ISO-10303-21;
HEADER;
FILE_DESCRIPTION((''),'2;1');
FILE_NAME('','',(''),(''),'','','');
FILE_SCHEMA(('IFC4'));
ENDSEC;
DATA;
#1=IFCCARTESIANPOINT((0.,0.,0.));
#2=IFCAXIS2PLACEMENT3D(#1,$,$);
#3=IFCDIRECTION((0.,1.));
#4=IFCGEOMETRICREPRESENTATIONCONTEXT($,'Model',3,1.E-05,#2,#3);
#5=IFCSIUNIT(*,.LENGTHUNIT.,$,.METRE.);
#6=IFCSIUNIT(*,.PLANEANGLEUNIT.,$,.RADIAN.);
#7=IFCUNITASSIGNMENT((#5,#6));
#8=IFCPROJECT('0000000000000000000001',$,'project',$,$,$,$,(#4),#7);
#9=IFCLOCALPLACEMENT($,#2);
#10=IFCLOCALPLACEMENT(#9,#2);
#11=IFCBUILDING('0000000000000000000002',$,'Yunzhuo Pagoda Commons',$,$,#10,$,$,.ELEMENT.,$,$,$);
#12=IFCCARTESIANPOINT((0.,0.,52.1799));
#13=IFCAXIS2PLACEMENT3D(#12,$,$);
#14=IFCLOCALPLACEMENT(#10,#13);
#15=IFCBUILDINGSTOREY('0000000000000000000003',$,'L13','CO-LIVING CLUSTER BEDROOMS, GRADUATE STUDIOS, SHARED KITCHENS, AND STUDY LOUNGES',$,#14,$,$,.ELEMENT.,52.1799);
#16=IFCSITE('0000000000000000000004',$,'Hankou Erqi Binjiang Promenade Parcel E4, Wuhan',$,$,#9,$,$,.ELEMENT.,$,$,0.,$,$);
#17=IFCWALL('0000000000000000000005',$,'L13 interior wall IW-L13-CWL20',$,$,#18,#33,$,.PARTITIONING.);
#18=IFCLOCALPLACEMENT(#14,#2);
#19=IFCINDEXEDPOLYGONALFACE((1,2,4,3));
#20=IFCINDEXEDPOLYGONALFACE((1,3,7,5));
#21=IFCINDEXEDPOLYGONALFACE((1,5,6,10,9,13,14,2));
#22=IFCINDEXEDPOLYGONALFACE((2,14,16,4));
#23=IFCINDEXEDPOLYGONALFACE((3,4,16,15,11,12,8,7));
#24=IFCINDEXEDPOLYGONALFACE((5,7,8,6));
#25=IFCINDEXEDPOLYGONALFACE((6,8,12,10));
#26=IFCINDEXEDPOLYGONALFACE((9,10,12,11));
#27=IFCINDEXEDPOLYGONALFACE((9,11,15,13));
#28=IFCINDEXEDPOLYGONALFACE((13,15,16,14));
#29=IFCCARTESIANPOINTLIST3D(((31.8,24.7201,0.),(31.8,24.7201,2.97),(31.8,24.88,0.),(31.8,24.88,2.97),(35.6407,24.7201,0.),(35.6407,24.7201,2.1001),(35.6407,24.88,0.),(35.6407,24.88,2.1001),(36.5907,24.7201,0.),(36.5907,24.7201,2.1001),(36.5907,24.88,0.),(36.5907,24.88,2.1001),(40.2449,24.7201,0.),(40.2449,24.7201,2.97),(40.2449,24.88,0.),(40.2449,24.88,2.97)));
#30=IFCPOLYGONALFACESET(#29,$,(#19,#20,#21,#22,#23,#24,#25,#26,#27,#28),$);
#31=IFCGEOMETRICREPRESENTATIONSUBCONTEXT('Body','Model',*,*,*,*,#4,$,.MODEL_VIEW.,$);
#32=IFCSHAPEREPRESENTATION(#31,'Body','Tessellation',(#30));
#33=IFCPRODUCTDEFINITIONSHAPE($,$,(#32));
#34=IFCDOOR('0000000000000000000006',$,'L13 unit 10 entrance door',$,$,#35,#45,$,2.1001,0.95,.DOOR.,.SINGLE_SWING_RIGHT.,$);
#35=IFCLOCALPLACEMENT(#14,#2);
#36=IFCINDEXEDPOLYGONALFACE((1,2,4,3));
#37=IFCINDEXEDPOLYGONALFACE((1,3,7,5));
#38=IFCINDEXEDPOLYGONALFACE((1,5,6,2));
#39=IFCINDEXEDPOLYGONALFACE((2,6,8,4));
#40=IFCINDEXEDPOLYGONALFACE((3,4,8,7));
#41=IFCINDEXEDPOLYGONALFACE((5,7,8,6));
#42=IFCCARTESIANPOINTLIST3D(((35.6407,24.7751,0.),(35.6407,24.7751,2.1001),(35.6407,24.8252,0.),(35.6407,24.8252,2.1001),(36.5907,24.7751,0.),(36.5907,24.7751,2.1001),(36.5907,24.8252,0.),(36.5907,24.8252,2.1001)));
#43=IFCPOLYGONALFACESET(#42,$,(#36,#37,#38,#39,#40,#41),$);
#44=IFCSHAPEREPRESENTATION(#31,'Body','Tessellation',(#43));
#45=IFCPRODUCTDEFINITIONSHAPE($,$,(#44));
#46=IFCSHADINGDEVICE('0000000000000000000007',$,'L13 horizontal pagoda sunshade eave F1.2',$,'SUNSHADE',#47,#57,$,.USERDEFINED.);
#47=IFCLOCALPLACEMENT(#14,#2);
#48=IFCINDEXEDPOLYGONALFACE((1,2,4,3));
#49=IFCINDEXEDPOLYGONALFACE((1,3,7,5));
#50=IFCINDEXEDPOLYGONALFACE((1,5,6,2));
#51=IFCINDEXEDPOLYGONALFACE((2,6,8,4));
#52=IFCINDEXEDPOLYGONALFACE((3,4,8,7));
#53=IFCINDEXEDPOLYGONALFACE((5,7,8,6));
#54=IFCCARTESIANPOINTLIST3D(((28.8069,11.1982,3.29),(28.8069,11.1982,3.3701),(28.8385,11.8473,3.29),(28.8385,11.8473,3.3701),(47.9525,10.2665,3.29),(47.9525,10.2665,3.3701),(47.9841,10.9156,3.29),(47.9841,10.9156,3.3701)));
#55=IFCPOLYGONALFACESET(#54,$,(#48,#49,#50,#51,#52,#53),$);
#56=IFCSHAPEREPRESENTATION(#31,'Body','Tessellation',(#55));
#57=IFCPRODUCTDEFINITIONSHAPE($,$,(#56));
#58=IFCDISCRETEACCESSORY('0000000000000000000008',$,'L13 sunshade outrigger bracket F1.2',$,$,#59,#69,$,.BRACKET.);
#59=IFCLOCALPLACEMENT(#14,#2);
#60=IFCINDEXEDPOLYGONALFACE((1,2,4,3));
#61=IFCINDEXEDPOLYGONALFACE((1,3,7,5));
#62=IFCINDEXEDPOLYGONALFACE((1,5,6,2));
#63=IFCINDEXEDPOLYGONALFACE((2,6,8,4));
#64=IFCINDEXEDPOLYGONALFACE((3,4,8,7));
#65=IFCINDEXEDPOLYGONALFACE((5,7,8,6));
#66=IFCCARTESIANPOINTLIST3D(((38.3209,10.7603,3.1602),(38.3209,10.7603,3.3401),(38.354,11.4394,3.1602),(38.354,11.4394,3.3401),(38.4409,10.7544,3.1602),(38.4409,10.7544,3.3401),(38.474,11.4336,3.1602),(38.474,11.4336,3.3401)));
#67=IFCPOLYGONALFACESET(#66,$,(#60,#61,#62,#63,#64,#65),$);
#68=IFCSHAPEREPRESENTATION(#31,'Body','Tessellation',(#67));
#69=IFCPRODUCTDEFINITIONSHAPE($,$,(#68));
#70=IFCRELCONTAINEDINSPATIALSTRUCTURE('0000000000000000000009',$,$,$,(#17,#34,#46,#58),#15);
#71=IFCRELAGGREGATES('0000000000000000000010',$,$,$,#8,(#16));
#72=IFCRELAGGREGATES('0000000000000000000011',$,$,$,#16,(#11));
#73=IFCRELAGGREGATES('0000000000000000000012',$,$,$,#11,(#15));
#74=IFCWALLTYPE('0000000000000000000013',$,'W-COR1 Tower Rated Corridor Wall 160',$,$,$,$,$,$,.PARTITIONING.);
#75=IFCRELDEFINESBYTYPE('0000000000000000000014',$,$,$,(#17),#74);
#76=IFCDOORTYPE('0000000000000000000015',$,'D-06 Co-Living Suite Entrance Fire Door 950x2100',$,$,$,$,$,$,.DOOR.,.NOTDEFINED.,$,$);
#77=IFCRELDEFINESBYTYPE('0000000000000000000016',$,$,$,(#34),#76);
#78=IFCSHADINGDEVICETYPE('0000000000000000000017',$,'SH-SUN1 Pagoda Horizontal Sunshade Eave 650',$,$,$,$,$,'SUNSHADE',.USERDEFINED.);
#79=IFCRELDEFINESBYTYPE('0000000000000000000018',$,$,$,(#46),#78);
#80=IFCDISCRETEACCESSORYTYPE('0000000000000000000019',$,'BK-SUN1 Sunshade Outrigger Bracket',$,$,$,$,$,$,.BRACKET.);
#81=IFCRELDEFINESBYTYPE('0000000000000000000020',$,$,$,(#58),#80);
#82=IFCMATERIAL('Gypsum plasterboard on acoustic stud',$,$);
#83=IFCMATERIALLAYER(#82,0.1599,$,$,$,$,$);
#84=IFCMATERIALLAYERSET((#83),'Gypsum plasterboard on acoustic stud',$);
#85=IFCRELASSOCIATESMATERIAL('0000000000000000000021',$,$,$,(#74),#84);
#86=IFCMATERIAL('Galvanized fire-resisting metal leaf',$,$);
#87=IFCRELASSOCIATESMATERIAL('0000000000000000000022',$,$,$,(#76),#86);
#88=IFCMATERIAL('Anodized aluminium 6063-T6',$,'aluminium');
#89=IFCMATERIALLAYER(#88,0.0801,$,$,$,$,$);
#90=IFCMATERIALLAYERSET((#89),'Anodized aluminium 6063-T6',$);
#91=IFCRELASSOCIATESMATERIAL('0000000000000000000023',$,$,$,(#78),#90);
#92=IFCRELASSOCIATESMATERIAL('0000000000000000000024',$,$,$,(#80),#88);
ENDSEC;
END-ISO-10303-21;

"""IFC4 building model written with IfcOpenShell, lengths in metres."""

from ifc_helpers import new_model, si_unit, direction, frame, frame_2d, origin, origin_with_axes, origin_2d, place, context, subcontext, project, spatial, rectangle, extrude, source, transform, mapped, material, layer, layer_set, type_object, element, fill, save


model = new_model("IFC4")

# Units and contexts
model_context = context("Model", 3, precision=1e-05, world=origin(), true_north=direction((0.0, 1.0)))
body_context = subcontext(model_context, "Body", "Model", "MODEL_VIEW")
ifc_project = project(units=[si_unit("LENGTHUNIT", "METRE"), si_unit("PLANEANGLEUNIT", "RADIAN")], contexts=[model_context])

# Site, building, storey
site_placement = place(None, origin())
site = spatial("IfcSite", under=ifc_project, at=site_placement, Name="Hankou Erqi Binjiang Promenade Parcel E4, Wuhan", CompositionType="ELEMENT", RefElevation=0.0)
building_placement = place(site_placement, origin())
building = spatial("IfcBuilding", under=site, at=building_placement, Name="Yunzhuo Pagoda Commons", CompositionType="ELEMENT")
storey_placement = place(building_placement, frame((0.0, 0.0, 52.1799)))
storey = spatial("IfcBuildingStorey", under=building, at=storey_placement, Name="L13", Description="CO-LIVING CLUSTER BEDROOMS, GRADUATE STUDIOS, SHARED KITCHENS, AND STUDY LOUNGES", CompositionType="ELEMENT", Elevation=52.1799)

# Shared definitions
ifc_material_1 = material(Name="Anodized aluminium 6063-T6", Category="aluminium")

# Wall, opening, door
ifc_material_2 = material(Name="Gypsum plasterboard on acoustic stud")
ifc_layer_1 = layer(ifc_material_2, 0.1599)
ifc_layer_set_1 = layer_set([ifc_layer_1], Name="Gypsum plasterboard on acoustic stud")
wall_type = type_object("IfcWallType", Name="W-COR1 Tower Rated Corridor Wall 160", PredefinedType="PARTITIONING", material=ifc_layer_set_1)
wall_placement = place(storey_placement, frame((40.2449, 24.8, 0.0), z_axis=(0.0, 0.0, 1.0), x_axis=(-1.0, 0.0, 0.0)))
wall = element("IfcWall", 1, at=wall_placement, inside=storey, type_object=wall_type, Name="L13 interior wall IW-L13-CWL20", PredefinedType="PARTITIONING", context=body_context, shape_type="SweptSolid", body=[
    extrude(rectangle(XDim=8.4448, YDim=0.1599, at=frame_2d((4.2224, 0.0))), origin(), (0.0, 0.0, 1.0), 2.97),
])
opening_placement = place(wall_placement, frame((3.6541, 0.0, 0.0)))
opening = element("IfcOpeningElement", 2, at=opening_placement, cuts=wall, PredefinedType="OPENING", context=body_context, shape_type="SweptSolid", body=[
    extrude(rectangle(XDim=0.95, YDim=2.1001, at=frame_2d((0.4751, 1.05))), frame((0.0, 0.0898, 0.0), z_axis=(0.0, -1.0, 0.0), x_axis=(1.0, 0.0, 0.0)), (0.0, 0.0, 1.0), 0.1799),
])
ifc_material_3 = material(Name="Galvanized fire-resisting metal leaf")
door_type = type_object("IfcDoorType", Name="D-06 Co-Living Suite Entrance Fire Door 950x2100", OperationType="NOTDEFINED", PredefinedType="DOOR", material=ifc_material_3)
shared_shape_1 = source(origin(), body_context, "Body", "SweptSolid", [
    extrude(rectangle(XDim=0.95, YDim=2.1001, at=frame_2d((0.4751, 1.05))), frame((0.0, 0.0249, 0.0), z_axis=(0.0, -1.0, 0.0), x_axis=(1.0, 0.0, 0.0)), (0.0, 0.0, 1.0), 0.05),
])
door_placement = place(opening_placement, origin_with_axes())
door = element("IfcDoor", 3, at=door_placement, inside=storey, type_object=door_type, Name="L13 unit 10 entrance door", OperationType="SINGLE_SWING_RIGHT", OverallHeight=2.1001, OverallWidth=0.95, PredefinedType="DOOR", context=body_context, shape_type="MappedRepresentation", body=[
    mapped(shared_shape_1, transform((0.0, 0.0, 0.0), scale=1.0)),
])
fill(opening, door)

# Shading device
ifc_layer_2 = layer(ifc_material_1, 0.0801)
ifc_layer_set_2 = layer_set([ifc_layer_2], Name="Anodized aluminium 6063-T6")
shading_device_type = type_object("IfcShadingDeviceType", Name="SH-SUN1 Pagoda Horizontal Sunshade Eave 650", ElementType="SUNSHADE", PredefinedType="USERDEFINED", material=ifc_layer_set_2)
shared_shape_2 = source(origin(), body_context, "Body", "SweptSolid", [
    extrude(rectangle(XDim=19.1682, YDim=0.6499, at=origin_2d()), origin(), (0.0, 0.0, 1.0), 0.0801),
])
shading_device_placement = place(storey_placement, frame((38.3955, 11.0569, 3.29), z_axis=(0.0, 0.0, 1.0), x_axis=(0.998818, -0.048606, 0.0)))
element("IfcShadingDevice", 4, at=shading_device_placement, inside=storey, type_object=shading_device_type, Name="L13 horizontal pagoda sunshade eave F1.2", ObjectType="SUNSHADE", PredefinedType="USERDEFINED", context=body_context, shape_type="MappedRepresentation", body=[
    mapped(shared_shape_2, transform((0.0, 0.0, 0.0), scale=1.0)),
])

# Discrete accessory
discrete_accessory_type = type_object("IfcDiscreteAccessoryType", Name="BK-SUN1 Sunshade Outrigger Bracket", PredefinedType="BRACKET", material=ifc_material_1)
shared_shape_3 = source(origin(), body_context, "Body", "SweptSolid", [
    extrude(rectangle(XDim=0.1201, YDim=0.6799, at=origin_2d()), origin(), (0.0, 0.0, 1.0), 0.1799),
])
discrete_accessory_placement = place(storey_placement, frame((38.3975, 11.0969, 3.1602), z_axis=(0.0, 0.0, 1.0), x_axis=(0.998818, -0.048606, 0.0)))
element("IfcDiscreteAccessory", 5, at=discrete_accessory_placement, inside=storey, type_object=discrete_accessory_type, Name="L13 sunshade outrigger bracket F1.2", PredefinedType="BRACKET", context=body_context, shape_type="MappedRepresentation", body=[
    mapped(shared_shape_3, transform((0.0, 0.0, 0.0), scale=1.0)),
])

save(model, "model.ifc")
